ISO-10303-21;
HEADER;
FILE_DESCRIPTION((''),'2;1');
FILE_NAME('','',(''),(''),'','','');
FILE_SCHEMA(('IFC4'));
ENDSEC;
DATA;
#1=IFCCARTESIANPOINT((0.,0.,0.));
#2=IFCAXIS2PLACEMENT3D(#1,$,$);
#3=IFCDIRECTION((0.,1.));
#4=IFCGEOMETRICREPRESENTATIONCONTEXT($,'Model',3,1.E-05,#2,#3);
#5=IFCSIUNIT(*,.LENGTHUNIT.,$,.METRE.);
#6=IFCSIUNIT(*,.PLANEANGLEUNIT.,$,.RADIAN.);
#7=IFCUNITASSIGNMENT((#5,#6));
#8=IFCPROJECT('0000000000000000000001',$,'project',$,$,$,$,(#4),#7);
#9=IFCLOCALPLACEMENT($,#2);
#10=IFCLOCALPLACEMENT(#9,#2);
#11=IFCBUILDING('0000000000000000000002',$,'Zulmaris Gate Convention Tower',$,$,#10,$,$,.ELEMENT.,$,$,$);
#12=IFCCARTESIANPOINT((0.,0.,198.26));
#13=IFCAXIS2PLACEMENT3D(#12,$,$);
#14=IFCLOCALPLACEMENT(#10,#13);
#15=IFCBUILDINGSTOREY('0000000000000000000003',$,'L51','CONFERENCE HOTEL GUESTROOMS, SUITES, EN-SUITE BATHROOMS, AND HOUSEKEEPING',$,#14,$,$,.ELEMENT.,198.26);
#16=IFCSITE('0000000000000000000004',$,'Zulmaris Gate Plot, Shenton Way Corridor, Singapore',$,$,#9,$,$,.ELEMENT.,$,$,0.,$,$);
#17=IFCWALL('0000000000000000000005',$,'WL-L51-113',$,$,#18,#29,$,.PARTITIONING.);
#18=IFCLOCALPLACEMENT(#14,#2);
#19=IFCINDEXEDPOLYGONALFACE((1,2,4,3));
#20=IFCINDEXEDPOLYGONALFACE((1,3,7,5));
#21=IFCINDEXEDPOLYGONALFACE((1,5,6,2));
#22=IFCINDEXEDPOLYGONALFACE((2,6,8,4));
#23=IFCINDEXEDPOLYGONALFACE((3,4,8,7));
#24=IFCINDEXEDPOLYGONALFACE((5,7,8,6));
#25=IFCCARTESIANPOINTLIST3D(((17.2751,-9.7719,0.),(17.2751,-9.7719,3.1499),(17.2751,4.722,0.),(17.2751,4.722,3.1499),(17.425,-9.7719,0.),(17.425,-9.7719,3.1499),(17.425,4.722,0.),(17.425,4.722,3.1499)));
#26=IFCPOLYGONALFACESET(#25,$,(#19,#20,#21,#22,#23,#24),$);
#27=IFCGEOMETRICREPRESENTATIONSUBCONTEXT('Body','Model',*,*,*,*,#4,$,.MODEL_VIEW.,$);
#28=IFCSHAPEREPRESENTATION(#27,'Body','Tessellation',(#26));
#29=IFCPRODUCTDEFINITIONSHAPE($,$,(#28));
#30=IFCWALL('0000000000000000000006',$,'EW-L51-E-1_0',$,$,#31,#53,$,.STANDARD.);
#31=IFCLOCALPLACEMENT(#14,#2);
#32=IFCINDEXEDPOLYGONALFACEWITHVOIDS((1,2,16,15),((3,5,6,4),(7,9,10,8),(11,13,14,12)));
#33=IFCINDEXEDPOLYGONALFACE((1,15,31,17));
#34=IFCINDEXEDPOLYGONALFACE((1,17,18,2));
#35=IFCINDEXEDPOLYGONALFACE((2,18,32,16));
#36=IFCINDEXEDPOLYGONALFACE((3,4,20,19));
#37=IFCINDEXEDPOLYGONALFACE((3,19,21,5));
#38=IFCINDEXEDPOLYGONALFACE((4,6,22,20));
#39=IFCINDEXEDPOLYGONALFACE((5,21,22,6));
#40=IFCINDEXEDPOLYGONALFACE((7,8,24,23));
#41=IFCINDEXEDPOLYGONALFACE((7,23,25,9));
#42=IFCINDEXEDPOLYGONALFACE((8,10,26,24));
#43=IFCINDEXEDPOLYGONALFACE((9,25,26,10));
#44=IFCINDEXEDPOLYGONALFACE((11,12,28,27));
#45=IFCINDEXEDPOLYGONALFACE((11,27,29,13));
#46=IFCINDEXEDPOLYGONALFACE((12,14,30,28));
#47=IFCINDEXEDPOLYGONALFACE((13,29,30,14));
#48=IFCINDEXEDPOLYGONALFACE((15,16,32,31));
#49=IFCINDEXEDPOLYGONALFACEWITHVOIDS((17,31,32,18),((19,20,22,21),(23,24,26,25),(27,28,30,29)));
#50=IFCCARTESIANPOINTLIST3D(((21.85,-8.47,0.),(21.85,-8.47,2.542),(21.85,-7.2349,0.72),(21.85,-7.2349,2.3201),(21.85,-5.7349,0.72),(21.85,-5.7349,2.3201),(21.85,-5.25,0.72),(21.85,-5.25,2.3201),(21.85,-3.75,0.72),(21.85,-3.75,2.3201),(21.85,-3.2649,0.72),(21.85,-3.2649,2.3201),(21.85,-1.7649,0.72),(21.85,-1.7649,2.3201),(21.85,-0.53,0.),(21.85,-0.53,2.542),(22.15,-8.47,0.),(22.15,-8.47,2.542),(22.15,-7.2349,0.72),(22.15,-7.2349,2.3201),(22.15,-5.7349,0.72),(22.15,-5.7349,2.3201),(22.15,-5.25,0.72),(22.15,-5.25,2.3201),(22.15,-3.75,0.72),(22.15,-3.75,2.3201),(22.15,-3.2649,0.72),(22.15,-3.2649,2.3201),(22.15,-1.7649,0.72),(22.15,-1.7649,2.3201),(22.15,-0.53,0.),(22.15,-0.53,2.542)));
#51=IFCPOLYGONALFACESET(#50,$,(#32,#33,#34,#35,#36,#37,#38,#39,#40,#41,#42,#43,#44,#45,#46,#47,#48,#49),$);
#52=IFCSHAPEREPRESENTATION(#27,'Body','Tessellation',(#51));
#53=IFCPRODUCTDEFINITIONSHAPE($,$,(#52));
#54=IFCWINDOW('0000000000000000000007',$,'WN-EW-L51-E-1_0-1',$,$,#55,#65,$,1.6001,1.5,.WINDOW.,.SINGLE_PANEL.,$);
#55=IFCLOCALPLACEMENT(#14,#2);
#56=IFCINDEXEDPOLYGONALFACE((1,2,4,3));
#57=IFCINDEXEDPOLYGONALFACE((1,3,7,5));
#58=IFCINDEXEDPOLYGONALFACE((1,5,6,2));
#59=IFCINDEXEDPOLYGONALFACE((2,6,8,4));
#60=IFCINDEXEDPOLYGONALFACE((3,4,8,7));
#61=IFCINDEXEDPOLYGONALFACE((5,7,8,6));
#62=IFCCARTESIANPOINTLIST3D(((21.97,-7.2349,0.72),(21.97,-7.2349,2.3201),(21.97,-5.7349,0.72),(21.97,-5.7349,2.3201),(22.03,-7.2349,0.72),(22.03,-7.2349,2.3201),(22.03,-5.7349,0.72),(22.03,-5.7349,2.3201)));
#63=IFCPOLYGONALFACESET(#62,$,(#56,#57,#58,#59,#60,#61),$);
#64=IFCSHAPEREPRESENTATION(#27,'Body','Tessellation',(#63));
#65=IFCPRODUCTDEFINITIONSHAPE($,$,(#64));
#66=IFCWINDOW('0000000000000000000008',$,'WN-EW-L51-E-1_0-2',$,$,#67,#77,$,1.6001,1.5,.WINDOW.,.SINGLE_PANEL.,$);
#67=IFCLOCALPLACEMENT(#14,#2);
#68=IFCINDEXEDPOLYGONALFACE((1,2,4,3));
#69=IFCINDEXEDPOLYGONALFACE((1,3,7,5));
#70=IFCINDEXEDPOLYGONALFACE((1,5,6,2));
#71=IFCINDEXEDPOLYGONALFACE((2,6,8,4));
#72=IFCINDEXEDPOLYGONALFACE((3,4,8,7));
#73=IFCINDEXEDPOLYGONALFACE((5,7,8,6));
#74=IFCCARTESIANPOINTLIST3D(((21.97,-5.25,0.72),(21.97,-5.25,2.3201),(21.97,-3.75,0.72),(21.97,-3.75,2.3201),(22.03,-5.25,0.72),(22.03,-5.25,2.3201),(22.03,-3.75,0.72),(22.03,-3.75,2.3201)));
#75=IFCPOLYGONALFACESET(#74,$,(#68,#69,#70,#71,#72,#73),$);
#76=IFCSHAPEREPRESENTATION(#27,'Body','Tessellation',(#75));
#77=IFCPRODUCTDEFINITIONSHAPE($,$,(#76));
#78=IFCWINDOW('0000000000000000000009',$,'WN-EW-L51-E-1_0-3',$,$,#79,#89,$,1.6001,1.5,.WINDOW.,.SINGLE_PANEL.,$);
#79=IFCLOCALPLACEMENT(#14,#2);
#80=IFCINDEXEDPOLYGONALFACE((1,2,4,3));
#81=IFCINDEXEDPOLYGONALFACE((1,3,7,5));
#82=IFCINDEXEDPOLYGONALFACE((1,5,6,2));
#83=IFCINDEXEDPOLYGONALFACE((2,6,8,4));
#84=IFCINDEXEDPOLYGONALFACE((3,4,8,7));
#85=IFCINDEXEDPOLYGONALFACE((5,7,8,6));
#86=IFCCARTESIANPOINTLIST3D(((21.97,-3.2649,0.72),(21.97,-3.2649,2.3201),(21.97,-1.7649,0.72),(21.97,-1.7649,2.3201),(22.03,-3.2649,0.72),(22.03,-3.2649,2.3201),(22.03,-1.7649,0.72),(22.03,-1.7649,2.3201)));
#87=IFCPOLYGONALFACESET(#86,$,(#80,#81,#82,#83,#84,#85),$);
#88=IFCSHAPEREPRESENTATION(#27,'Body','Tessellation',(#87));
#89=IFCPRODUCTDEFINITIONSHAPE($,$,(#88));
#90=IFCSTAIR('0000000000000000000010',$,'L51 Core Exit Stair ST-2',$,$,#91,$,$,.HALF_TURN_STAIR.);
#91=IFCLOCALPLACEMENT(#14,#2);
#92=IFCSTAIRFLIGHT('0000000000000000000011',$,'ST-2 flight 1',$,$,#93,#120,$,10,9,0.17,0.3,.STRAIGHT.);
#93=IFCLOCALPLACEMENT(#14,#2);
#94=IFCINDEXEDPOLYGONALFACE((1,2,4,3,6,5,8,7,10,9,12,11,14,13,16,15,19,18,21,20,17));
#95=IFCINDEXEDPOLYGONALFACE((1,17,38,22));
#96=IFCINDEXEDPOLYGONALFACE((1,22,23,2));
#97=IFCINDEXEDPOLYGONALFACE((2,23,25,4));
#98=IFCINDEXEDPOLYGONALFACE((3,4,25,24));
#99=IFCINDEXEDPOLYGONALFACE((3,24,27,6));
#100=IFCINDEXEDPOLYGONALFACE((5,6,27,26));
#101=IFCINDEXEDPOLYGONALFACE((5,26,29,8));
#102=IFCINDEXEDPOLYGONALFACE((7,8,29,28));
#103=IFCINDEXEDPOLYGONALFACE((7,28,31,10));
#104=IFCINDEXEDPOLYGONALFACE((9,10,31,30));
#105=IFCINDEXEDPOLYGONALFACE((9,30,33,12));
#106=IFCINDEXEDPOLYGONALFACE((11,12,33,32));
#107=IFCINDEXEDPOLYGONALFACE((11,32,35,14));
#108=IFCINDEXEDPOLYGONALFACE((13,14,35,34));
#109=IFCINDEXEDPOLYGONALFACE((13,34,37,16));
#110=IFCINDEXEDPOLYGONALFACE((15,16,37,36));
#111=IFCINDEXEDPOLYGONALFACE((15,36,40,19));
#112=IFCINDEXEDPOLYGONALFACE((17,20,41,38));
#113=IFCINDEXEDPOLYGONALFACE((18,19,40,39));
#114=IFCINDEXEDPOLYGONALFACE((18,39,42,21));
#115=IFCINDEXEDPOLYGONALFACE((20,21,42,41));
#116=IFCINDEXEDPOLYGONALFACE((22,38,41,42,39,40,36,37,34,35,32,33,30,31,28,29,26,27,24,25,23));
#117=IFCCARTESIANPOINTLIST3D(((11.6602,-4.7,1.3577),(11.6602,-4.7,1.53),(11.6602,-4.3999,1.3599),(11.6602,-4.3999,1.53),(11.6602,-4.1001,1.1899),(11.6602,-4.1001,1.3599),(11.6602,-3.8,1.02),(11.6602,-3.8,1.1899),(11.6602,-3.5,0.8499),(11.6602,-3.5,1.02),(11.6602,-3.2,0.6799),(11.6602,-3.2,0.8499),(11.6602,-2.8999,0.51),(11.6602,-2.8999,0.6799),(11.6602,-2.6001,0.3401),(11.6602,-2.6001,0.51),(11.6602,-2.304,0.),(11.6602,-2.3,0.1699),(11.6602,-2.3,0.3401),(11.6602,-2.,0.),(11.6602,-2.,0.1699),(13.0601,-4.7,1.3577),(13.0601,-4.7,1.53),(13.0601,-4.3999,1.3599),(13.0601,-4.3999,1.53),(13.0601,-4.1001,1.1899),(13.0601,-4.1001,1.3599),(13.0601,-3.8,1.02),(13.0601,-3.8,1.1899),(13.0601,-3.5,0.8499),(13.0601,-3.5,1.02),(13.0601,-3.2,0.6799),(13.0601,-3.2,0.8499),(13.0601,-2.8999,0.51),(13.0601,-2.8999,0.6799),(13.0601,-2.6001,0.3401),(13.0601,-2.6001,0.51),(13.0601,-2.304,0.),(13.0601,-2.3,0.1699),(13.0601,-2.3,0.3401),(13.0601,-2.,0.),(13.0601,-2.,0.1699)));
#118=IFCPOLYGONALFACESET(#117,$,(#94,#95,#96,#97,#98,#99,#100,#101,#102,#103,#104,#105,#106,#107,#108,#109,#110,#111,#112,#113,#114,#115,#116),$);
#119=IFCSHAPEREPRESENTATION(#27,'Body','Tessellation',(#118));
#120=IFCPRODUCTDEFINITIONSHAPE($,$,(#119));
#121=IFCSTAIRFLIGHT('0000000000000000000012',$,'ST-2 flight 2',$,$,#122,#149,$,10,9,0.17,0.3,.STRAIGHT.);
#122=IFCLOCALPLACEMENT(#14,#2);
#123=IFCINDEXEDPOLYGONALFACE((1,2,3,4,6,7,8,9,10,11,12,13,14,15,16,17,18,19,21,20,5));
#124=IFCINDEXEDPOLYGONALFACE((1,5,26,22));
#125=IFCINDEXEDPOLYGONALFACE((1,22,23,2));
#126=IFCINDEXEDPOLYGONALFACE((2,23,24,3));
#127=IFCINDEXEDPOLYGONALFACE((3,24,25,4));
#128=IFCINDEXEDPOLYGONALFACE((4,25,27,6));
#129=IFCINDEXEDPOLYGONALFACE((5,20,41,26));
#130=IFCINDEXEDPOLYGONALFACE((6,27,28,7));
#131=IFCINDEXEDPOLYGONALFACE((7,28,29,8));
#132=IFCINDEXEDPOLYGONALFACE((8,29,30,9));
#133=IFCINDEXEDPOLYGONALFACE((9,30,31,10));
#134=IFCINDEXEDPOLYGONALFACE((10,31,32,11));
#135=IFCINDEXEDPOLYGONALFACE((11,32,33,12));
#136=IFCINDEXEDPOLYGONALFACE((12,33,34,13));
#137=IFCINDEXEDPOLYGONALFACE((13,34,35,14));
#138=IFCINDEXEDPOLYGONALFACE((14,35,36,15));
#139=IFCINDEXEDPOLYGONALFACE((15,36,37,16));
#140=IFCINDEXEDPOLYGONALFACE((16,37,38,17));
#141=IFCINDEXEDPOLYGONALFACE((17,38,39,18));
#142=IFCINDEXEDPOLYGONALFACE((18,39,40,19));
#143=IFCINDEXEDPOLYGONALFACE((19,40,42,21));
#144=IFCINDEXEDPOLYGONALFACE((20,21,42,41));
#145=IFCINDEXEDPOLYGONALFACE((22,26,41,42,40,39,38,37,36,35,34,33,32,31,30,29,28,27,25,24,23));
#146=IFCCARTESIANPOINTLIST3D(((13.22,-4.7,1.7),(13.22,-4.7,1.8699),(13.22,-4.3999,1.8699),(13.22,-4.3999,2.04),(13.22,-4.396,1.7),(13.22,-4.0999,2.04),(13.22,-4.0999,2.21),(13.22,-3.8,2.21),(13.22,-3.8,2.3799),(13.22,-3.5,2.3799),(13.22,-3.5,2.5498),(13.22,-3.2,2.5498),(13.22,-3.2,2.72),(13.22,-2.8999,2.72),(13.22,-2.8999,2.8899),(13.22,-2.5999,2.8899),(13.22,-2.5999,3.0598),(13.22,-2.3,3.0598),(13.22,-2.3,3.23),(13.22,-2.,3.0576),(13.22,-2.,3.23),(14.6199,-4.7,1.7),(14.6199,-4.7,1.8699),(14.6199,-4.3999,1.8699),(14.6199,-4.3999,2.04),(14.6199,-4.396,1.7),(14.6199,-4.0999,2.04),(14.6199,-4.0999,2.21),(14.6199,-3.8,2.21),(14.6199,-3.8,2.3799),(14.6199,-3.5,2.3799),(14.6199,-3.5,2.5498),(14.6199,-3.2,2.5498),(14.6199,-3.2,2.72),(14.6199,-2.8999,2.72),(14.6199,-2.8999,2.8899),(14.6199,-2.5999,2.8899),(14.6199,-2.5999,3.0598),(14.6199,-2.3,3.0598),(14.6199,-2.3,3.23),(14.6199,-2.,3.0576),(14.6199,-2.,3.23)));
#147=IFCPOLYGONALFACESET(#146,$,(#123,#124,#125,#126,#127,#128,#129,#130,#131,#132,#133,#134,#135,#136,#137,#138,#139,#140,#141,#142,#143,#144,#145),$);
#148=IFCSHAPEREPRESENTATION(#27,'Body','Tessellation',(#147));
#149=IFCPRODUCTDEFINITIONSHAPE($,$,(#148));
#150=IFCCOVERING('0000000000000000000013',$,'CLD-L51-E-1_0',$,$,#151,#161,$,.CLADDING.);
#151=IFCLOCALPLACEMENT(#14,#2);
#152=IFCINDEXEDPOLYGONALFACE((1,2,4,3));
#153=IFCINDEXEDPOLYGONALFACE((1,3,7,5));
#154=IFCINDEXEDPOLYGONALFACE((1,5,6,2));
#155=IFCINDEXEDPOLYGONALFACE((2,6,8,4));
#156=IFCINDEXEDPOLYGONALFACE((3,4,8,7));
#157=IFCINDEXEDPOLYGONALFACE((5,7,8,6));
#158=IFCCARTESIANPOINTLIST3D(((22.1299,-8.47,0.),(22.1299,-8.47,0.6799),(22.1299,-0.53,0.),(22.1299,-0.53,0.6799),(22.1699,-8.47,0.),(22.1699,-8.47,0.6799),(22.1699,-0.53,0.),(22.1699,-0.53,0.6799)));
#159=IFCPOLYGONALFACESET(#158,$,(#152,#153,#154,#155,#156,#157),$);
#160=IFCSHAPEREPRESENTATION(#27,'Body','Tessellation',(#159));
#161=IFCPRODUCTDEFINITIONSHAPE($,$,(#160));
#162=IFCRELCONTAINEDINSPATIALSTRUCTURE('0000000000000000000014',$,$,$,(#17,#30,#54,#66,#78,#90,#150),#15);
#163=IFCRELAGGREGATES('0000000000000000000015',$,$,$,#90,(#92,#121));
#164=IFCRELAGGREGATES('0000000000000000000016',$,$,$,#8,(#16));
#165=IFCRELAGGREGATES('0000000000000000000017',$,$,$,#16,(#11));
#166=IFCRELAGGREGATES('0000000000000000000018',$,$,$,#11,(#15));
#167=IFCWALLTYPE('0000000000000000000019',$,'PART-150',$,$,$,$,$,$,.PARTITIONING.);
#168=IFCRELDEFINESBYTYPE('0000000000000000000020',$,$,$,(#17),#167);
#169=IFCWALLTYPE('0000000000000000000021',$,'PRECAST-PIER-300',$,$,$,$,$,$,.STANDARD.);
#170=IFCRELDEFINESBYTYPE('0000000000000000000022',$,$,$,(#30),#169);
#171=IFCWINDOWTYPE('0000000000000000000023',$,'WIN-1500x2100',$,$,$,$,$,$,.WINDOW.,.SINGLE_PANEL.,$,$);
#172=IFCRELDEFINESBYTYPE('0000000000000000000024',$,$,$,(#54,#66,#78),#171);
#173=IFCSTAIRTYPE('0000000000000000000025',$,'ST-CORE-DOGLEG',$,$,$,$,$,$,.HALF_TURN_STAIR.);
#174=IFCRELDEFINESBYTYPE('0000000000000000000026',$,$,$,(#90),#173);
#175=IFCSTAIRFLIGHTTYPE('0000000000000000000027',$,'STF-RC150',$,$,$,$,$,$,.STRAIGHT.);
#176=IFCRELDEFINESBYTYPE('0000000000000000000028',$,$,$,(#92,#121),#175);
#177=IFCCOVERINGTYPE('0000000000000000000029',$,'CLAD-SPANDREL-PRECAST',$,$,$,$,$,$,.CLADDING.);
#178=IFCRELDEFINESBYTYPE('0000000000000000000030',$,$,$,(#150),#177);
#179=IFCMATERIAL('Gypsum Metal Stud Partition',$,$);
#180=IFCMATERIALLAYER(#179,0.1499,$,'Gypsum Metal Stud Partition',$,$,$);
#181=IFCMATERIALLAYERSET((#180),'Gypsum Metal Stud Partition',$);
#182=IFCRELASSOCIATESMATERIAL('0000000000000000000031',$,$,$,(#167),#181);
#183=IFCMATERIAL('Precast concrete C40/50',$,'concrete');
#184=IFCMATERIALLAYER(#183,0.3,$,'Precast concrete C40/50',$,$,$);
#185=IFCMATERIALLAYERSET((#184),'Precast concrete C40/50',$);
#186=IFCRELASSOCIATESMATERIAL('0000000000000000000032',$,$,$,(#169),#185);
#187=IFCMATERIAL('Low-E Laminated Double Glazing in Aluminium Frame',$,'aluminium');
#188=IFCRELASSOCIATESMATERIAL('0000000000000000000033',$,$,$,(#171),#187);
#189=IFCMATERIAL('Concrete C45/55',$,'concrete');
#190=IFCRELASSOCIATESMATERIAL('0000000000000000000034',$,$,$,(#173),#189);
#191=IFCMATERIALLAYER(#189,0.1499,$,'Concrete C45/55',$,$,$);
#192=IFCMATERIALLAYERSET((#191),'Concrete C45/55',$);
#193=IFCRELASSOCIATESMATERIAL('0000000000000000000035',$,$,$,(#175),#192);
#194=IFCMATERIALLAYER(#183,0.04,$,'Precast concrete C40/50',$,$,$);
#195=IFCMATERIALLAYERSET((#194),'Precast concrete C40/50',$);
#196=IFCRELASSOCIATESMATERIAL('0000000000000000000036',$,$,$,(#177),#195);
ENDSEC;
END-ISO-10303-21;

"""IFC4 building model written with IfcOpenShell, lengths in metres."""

from ifc_helpers import new_model, si_unit, direction, frame, frame_2d, origin, place, context, subcontext, project, spatial, polyline, rectangle, outline, extrude, material, layer, layer_set, type_object, element, fill, aggregate, save


model = new_model("IFC4")

# Units and contexts
model_context = context("Model", 3, precision=1e-05, world=origin(), true_north=direction((0.0, 1.0)))
body_context = subcontext(model_context, "Body", "Model", "MODEL_VIEW")
ifc_project = project(units=[si_unit("LENGTHUNIT", "METRE"), si_unit("PLANEANGLEUNIT", "RADIAN")], contexts=[model_context])

# Site, building, storey
site_placement = place(None, origin())
site = spatial("IfcSite", under=ifc_project, at=site_placement, Name="Zulmaris Gate Plot, Shenton Way Corridor, Singapore", CompositionType="ELEMENT", RefElevation=0.0)
building_placement = place(site_placement, origin())
building = spatial("IfcBuilding", under=site, at=building_placement, Name="Zulmaris Gate Convention Tower", CompositionType="ELEMENT")
storey_placement = place(building_placement, frame((0.0, 0.0, 198.26)))
storey = spatial("IfcBuildingStorey", under=building, at=storey_placement, Name="L51", Description="CONFERENCE HOTEL GUESTROOMS, SUITES, EN-SUITE BATHROOMS, AND HOUSEKEEPING", CompositionType="ELEMENT", Elevation=198.26)

# Wall
ifc_material_1 = material(Name="Gypsum Metal Stud Partition")
ifc_layer_1 = layer(ifc_material_1, 0.1499, Name="Gypsum Metal Stud Partition")
ifc_layer_set_1 = layer_set([ifc_layer_1], Name="Gypsum Metal Stud Partition")
wall_type_1 = type_object("IfcWallType", Name="PART-150", PredefinedType="PARTITIONING", material=ifc_layer_set_1)
wall_1_placement = place(storey_placement, frame((17.3501, -9.772, 0.0), z_axis=(0.0, 0.0, 1.0), x_axis=(0.0, 1.0, 0.0)))
element("IfcWall", 1, at=wall_1_placement, inside=storey, type_object=wall_type_1, Name="WL-L51-113", PredefinedType="PARTITIONING", context=body_context, shape_type="SweptSolid", body=[
    extrude(rectangle(XDim=14.4939, YDim=0.1499, at=frame_2d((7.2471, 0.0))), origin(), (0.0, 0.0, 1.0), 3.1499),
])

# Wall, openings, windows
ifc_material_2 = material(Name="Precast concrete C40/50", Category="concrete")
ifc_layer_2 = layer(ifc_material_2, 0.3, Name="Precast concrete C40/50")
ifc_layer_set_2 = layer_set([ifc_layer_2], Name="Precast concrete C40/50")
wall_type_2 = type_object("IfcWallType", Name="PRECAST-PIER-300", PredefinedType="STANDARD", material=ifc_layer_set_2)
wall_2_placement = place(storey_placement, frame((22.0, -8.47, 0.0), z_axis=(0.0, 0.0, 1.0), x_axis=(0.0, 1.0, 0.0)))
wall_2 = element("IfcWall", 2, at=wall_2_placement, inside=storey, type_object=wall_type_2, Name="EW-L51-E-1_0", PredefinedType="STANDARD", context=body_context, shape_type="SweptSolid", body=[
    extrude(rectangle(XDim=7.9399, YDim=0.3, at=frame_2d((3.97, 0.0))), origin(), (0.0, 0.0, 1.0), 2.542),
])
opening_1_placement = place(wall_2_placement, frame((1.2351, 0.0, 0.72)))
opening_1 = element("IfcOpeningElement", 3, at=opening_1_placement, cuts=wall_2, PredefinedType="OPENING", context=body_context, shape_type="SweptSolid", body=[
    extrude(rectangle(XDim=1.5, YDim=1.6001, at=frame_2d((0.75, 0.8))), frame((0.0, 0.1602, 0.0), z_axis=(0.0, -1.0, 0.0), x_axis=(1.0, 0.0, 0.0)), (0.0, 0.0, 1.0), 0.3201),
])
opening_2_placement = place(wall_2_placement, frame((3.22, 0.0, 0.72)))
opening_2 = element("IfcOpeningElement", 4, at=opening_2_placement, cuts=wall_2, PredefinedType="OPENING", context=body_context, shape_type="SweptSolid", body=[
    extrude(rectangle(XDim=1.5, YDim=1.6001, at=frame_2d((0.75, 0.8))), frame((0.0, 0.1602, 0.0), z_axis=(0.0, -1.0, 0.0), x_axis=(1.0, 0.0, 0.0)), (0.0, 0.0, 1.0), 0.3201),
])
opening_3_placement = place(wall_2_placement, frame((5.2051, 0.0, 0.72)))
opening_3 = element("IfcOpeningElement", 5, at=opening_3_placement, cuts=wall_2, PredefinedType="OPENING", context=body_context, shape_type="SweptSolid", body=[
    extrude(rectangle(XDim=1.5, YDim=1.6001, at=frame_2d((0.75, 0.8))), frame((0.0, 0.1602, 0.0), z_axis=(0.0, -1.0, 0.0), x_axis=(1.0, 0.0, 0.0)), (0.0, 0.0, 1.0), 0.3201),
])
ifc_material_3 = material(Name="Low-E Laminated Double Glazing in Aluminium Frame", Category="aluminium")
window_type = type_object("IfcWindowType", Name="WIN-1500x2100", PartitioningType="SINGLE_PANEL", PredefinedType="WINDOW", material=ifc_material_3)
window_1_placement = place(opening_1_placement, origin())
window_1 = element("IfcWindow", 6, at=window_1_placement, inside=storey, type_object=window_type, Name="WN-EW-L51-E-1_0-1", OverallHeight=1.6001, OverallWidth=1.5, PartitioningType="SINGLE_PANEL", PredefinedType="WINDOW", context=body_context, shape_type="SweptSolid", body=[
    extrude(rectangle(XDim=1.5, YDim=1.6001, at=frame_2d((0.75, 0.8))), frame((0.0, 0.03, 0.0), z_axis=(0.0, -1.0, 0.0), x_axis=(1.0, 0.0, 0.0)), (0.0, 0.0, 1.0), 0.0601),
])
fill(opening_1, window_1)
window_2_placement = place(opening_2_placement, origin())
window_2 = element("IfcWindow", 7, at=window_2_placement, inside=storey, type_object=window_type, Name="WN-EW-L51-E-1_0-2", OverallHeight=1.6001, OverallWidth=1.5, PartitioningType="SINGLE_PANEL", PredefinedType="WINDOW", context=body_context, shape_type="SweptSolid", body=[
    extrude(rectangle(XDim=1.5, YDim=1.6001, at=frame_2d((0.75, 0.8))), frame((0.0, 0.03, 0.0), z_axis=(0.0, -1.0, 0.0), x_axis=(1.0, 0.0, 0.0)), (0.0, 0.0, 1.0), 0.0601),
])
fill(opening_2, window_2)
window_3_placement = place(opening_3_placement, origin())
window_3 = element("IfcWindow", 8, at=window_3_placement, inside=storey, type_object=window_type, Name="WN-EW-L51-E-1_0-3", OverallHeight=1.6001, OverallWidth=1.5, PartitioningType="SINGLE_PANEL", PredefinedType="WINDOW", context=body_context, shape_type="SweptSolid", body=[
    extrude(rectangle(XDim=1.5, YDim=1.6001, at=frame_2d((0.75, 0.8))), frame((0.0, 0.03, 0.0), z_axis=(0.0, -1.0, 0.0), x_axis=(1.0, 0.0, 0.0)), (0.0, 0.0, 1.0), 0.0601),
])
fill(opening_3, window_3)

# Stair, stair flights
ifc_material_4 = material(Name="Concrete C45/55", Category="concrete")
stair_type = type_object("IfcStairType", Name="ST-CORE-DOGLEG", PredefinedType="HALF_TURN_STAIR", material=ifc_material_4)
stair_placement = place(storey_placement, origin())
stair = element("IfcStair", 9, at=stair_placement, inside=storey, type_object=stair_type, Name="L51 Core Exit Stair ST-2", PredefinedType="HALF_TURN_STAIR")
ifc_layer_3 = layer(ifc_material_4, 0.1499, Name="Concrete C45/55")
ifc_layer_set_3 = layer_set([ifc_layer_3], Name="Concrete C45/55")
stair_flight_type = type_object("IfcStairFlightType", Name="STF-RC150", PredefinedType="STRAIGHT", material=ifc_layer_set_3)
stair_flight_1_placement = place(storey_placement, frame((12.3601, -2.0, 0.0), z_axis=(0.0, 0.0, 1.0), x_axis=(0.0, -1.0, 0.0)))
stair_flight_1 = element("IfcStairFlight", 10, at=stair_flight_1_placement, type_object=stair_flight_type, Name="ST-2 flight 1", NumberOfRisers=10, NumberOfTreads=9, PredefinedType="STRAIGHT", RiserHeight=0.17, TreadLength=0.3, context=body_context, shape_type="SweptSolid", body=[
    extrude(outline(polyline([(0.0, 0.0), (0.0, 0.1699), (0.3, 0.1699), (0.3, 0.3401), (0.6001, 0.3401), (0.6001, 0.51), (0.8999, 0.51), (0.8999, 0.6799), (1.2, 0.6799), (1.2, 0.8499), (1.5, 0.8499), (1.5, 1.02), (1.8, 1.02), (1.8, 1.1899), (2.1001, 1.1899), (2.1001, 1.3599), (2.3999, 1.3599), (2.3999, 1.53), (2.7, 1.53), (2.7, 1.7), (2.7, 1.3577), (0.304, 0.0), (0.0, 0.0)])), frame((0.0, 0.7, 0.0), z_axis=(0.0, -1.0, 0.0), x_axis=(1.0, 0.0, 0.0)), (0.0, 0.0, 1.0), 1.3999),
])
stair_flight_2_placement = place(storey_placement, frame((13.9199, -4.7, 1.7), z_axis=(0.0, 0.0, 1.0), x_axis=(0.0, 1.0, 0.0)))
stair_flight_2 = element("IfcStairFlight", 11, at=stair_flight_2_placement, type_object=stair_flight_type, Name="ST-2 flight 2", NumberOfRisers=10, NumberOfTreads=9, PredefinedType="STRAIGHT", RiserHeight=0.17, TreadLength=0.3, context=body_context, shape_type="SweptSolid", body=[
    extrude(outline(polyline([(0.0, 0.0), (0.0, 0.1699), (0.3, 0.1699), (0.3, 0.3401), (0.6001, 0.3401), (0.6001, 0.51), (0.8999, 0.51), (0.8999, 0.6799), (1.2, 0.6799), (1.2, 0.8499), (1.5, 0.8499), (1.5, 1.02), (1.8, 1.02), (1.8, 1.1899), (2.1001, 1.1899), (2.1001, 1.3599), (2.3999, 1.3599), (2.3999, 1.53), (2.7, 1.53), (2.7, 1.7), (2.7, 1.3577), (0.304, 0.0), (0.0, 0.0)])), frame((0.0, 0.7, 0.0), z_axis=(0.0, -1.0, 0.0), x_axis=(1.0, 0.0, 0.0)), (0.0, 0.0, 1.0), 1.3999),
])
aggregate(stair, [stair_flight_1, stair_flight_2])

# Covering
ifc_layer_4 = layer(ifc_material_2, 0.04, Name="Precast concrete C40/50")
ifc_layer_set_4 = layer_set([ifc_layer_4], Name="Precast concrete C40/50")
covering_type = type_object("IfcCoveringType", Name="CLAD-SPANDREL-PRECAST", PredefinedType="CLADDING", material=ifc_layer_set_4)
covering_placement = place(storey_placement, frame((22.1499, -8.47, 0.0), z_axis=(0.0, 0.0, 1.0), x_axis=(0.0, 1.0, 0.0)))
element("IfcCovering", 12, at=covering_placement, inside=storey, type_object=covering_type, Name="CLD-L51-E-1_0", PredefinedType="CLADDING", context=body_context, shape_type="SweptSolid", body=[
    extrude(rectangle(XDim=7.9399, YDim=0.04, at=frame_2d((3.97, 0.0))), origin(), (0.0, 0.0, 1.0), 0.6799),
])

save(model, "model.ifc")
